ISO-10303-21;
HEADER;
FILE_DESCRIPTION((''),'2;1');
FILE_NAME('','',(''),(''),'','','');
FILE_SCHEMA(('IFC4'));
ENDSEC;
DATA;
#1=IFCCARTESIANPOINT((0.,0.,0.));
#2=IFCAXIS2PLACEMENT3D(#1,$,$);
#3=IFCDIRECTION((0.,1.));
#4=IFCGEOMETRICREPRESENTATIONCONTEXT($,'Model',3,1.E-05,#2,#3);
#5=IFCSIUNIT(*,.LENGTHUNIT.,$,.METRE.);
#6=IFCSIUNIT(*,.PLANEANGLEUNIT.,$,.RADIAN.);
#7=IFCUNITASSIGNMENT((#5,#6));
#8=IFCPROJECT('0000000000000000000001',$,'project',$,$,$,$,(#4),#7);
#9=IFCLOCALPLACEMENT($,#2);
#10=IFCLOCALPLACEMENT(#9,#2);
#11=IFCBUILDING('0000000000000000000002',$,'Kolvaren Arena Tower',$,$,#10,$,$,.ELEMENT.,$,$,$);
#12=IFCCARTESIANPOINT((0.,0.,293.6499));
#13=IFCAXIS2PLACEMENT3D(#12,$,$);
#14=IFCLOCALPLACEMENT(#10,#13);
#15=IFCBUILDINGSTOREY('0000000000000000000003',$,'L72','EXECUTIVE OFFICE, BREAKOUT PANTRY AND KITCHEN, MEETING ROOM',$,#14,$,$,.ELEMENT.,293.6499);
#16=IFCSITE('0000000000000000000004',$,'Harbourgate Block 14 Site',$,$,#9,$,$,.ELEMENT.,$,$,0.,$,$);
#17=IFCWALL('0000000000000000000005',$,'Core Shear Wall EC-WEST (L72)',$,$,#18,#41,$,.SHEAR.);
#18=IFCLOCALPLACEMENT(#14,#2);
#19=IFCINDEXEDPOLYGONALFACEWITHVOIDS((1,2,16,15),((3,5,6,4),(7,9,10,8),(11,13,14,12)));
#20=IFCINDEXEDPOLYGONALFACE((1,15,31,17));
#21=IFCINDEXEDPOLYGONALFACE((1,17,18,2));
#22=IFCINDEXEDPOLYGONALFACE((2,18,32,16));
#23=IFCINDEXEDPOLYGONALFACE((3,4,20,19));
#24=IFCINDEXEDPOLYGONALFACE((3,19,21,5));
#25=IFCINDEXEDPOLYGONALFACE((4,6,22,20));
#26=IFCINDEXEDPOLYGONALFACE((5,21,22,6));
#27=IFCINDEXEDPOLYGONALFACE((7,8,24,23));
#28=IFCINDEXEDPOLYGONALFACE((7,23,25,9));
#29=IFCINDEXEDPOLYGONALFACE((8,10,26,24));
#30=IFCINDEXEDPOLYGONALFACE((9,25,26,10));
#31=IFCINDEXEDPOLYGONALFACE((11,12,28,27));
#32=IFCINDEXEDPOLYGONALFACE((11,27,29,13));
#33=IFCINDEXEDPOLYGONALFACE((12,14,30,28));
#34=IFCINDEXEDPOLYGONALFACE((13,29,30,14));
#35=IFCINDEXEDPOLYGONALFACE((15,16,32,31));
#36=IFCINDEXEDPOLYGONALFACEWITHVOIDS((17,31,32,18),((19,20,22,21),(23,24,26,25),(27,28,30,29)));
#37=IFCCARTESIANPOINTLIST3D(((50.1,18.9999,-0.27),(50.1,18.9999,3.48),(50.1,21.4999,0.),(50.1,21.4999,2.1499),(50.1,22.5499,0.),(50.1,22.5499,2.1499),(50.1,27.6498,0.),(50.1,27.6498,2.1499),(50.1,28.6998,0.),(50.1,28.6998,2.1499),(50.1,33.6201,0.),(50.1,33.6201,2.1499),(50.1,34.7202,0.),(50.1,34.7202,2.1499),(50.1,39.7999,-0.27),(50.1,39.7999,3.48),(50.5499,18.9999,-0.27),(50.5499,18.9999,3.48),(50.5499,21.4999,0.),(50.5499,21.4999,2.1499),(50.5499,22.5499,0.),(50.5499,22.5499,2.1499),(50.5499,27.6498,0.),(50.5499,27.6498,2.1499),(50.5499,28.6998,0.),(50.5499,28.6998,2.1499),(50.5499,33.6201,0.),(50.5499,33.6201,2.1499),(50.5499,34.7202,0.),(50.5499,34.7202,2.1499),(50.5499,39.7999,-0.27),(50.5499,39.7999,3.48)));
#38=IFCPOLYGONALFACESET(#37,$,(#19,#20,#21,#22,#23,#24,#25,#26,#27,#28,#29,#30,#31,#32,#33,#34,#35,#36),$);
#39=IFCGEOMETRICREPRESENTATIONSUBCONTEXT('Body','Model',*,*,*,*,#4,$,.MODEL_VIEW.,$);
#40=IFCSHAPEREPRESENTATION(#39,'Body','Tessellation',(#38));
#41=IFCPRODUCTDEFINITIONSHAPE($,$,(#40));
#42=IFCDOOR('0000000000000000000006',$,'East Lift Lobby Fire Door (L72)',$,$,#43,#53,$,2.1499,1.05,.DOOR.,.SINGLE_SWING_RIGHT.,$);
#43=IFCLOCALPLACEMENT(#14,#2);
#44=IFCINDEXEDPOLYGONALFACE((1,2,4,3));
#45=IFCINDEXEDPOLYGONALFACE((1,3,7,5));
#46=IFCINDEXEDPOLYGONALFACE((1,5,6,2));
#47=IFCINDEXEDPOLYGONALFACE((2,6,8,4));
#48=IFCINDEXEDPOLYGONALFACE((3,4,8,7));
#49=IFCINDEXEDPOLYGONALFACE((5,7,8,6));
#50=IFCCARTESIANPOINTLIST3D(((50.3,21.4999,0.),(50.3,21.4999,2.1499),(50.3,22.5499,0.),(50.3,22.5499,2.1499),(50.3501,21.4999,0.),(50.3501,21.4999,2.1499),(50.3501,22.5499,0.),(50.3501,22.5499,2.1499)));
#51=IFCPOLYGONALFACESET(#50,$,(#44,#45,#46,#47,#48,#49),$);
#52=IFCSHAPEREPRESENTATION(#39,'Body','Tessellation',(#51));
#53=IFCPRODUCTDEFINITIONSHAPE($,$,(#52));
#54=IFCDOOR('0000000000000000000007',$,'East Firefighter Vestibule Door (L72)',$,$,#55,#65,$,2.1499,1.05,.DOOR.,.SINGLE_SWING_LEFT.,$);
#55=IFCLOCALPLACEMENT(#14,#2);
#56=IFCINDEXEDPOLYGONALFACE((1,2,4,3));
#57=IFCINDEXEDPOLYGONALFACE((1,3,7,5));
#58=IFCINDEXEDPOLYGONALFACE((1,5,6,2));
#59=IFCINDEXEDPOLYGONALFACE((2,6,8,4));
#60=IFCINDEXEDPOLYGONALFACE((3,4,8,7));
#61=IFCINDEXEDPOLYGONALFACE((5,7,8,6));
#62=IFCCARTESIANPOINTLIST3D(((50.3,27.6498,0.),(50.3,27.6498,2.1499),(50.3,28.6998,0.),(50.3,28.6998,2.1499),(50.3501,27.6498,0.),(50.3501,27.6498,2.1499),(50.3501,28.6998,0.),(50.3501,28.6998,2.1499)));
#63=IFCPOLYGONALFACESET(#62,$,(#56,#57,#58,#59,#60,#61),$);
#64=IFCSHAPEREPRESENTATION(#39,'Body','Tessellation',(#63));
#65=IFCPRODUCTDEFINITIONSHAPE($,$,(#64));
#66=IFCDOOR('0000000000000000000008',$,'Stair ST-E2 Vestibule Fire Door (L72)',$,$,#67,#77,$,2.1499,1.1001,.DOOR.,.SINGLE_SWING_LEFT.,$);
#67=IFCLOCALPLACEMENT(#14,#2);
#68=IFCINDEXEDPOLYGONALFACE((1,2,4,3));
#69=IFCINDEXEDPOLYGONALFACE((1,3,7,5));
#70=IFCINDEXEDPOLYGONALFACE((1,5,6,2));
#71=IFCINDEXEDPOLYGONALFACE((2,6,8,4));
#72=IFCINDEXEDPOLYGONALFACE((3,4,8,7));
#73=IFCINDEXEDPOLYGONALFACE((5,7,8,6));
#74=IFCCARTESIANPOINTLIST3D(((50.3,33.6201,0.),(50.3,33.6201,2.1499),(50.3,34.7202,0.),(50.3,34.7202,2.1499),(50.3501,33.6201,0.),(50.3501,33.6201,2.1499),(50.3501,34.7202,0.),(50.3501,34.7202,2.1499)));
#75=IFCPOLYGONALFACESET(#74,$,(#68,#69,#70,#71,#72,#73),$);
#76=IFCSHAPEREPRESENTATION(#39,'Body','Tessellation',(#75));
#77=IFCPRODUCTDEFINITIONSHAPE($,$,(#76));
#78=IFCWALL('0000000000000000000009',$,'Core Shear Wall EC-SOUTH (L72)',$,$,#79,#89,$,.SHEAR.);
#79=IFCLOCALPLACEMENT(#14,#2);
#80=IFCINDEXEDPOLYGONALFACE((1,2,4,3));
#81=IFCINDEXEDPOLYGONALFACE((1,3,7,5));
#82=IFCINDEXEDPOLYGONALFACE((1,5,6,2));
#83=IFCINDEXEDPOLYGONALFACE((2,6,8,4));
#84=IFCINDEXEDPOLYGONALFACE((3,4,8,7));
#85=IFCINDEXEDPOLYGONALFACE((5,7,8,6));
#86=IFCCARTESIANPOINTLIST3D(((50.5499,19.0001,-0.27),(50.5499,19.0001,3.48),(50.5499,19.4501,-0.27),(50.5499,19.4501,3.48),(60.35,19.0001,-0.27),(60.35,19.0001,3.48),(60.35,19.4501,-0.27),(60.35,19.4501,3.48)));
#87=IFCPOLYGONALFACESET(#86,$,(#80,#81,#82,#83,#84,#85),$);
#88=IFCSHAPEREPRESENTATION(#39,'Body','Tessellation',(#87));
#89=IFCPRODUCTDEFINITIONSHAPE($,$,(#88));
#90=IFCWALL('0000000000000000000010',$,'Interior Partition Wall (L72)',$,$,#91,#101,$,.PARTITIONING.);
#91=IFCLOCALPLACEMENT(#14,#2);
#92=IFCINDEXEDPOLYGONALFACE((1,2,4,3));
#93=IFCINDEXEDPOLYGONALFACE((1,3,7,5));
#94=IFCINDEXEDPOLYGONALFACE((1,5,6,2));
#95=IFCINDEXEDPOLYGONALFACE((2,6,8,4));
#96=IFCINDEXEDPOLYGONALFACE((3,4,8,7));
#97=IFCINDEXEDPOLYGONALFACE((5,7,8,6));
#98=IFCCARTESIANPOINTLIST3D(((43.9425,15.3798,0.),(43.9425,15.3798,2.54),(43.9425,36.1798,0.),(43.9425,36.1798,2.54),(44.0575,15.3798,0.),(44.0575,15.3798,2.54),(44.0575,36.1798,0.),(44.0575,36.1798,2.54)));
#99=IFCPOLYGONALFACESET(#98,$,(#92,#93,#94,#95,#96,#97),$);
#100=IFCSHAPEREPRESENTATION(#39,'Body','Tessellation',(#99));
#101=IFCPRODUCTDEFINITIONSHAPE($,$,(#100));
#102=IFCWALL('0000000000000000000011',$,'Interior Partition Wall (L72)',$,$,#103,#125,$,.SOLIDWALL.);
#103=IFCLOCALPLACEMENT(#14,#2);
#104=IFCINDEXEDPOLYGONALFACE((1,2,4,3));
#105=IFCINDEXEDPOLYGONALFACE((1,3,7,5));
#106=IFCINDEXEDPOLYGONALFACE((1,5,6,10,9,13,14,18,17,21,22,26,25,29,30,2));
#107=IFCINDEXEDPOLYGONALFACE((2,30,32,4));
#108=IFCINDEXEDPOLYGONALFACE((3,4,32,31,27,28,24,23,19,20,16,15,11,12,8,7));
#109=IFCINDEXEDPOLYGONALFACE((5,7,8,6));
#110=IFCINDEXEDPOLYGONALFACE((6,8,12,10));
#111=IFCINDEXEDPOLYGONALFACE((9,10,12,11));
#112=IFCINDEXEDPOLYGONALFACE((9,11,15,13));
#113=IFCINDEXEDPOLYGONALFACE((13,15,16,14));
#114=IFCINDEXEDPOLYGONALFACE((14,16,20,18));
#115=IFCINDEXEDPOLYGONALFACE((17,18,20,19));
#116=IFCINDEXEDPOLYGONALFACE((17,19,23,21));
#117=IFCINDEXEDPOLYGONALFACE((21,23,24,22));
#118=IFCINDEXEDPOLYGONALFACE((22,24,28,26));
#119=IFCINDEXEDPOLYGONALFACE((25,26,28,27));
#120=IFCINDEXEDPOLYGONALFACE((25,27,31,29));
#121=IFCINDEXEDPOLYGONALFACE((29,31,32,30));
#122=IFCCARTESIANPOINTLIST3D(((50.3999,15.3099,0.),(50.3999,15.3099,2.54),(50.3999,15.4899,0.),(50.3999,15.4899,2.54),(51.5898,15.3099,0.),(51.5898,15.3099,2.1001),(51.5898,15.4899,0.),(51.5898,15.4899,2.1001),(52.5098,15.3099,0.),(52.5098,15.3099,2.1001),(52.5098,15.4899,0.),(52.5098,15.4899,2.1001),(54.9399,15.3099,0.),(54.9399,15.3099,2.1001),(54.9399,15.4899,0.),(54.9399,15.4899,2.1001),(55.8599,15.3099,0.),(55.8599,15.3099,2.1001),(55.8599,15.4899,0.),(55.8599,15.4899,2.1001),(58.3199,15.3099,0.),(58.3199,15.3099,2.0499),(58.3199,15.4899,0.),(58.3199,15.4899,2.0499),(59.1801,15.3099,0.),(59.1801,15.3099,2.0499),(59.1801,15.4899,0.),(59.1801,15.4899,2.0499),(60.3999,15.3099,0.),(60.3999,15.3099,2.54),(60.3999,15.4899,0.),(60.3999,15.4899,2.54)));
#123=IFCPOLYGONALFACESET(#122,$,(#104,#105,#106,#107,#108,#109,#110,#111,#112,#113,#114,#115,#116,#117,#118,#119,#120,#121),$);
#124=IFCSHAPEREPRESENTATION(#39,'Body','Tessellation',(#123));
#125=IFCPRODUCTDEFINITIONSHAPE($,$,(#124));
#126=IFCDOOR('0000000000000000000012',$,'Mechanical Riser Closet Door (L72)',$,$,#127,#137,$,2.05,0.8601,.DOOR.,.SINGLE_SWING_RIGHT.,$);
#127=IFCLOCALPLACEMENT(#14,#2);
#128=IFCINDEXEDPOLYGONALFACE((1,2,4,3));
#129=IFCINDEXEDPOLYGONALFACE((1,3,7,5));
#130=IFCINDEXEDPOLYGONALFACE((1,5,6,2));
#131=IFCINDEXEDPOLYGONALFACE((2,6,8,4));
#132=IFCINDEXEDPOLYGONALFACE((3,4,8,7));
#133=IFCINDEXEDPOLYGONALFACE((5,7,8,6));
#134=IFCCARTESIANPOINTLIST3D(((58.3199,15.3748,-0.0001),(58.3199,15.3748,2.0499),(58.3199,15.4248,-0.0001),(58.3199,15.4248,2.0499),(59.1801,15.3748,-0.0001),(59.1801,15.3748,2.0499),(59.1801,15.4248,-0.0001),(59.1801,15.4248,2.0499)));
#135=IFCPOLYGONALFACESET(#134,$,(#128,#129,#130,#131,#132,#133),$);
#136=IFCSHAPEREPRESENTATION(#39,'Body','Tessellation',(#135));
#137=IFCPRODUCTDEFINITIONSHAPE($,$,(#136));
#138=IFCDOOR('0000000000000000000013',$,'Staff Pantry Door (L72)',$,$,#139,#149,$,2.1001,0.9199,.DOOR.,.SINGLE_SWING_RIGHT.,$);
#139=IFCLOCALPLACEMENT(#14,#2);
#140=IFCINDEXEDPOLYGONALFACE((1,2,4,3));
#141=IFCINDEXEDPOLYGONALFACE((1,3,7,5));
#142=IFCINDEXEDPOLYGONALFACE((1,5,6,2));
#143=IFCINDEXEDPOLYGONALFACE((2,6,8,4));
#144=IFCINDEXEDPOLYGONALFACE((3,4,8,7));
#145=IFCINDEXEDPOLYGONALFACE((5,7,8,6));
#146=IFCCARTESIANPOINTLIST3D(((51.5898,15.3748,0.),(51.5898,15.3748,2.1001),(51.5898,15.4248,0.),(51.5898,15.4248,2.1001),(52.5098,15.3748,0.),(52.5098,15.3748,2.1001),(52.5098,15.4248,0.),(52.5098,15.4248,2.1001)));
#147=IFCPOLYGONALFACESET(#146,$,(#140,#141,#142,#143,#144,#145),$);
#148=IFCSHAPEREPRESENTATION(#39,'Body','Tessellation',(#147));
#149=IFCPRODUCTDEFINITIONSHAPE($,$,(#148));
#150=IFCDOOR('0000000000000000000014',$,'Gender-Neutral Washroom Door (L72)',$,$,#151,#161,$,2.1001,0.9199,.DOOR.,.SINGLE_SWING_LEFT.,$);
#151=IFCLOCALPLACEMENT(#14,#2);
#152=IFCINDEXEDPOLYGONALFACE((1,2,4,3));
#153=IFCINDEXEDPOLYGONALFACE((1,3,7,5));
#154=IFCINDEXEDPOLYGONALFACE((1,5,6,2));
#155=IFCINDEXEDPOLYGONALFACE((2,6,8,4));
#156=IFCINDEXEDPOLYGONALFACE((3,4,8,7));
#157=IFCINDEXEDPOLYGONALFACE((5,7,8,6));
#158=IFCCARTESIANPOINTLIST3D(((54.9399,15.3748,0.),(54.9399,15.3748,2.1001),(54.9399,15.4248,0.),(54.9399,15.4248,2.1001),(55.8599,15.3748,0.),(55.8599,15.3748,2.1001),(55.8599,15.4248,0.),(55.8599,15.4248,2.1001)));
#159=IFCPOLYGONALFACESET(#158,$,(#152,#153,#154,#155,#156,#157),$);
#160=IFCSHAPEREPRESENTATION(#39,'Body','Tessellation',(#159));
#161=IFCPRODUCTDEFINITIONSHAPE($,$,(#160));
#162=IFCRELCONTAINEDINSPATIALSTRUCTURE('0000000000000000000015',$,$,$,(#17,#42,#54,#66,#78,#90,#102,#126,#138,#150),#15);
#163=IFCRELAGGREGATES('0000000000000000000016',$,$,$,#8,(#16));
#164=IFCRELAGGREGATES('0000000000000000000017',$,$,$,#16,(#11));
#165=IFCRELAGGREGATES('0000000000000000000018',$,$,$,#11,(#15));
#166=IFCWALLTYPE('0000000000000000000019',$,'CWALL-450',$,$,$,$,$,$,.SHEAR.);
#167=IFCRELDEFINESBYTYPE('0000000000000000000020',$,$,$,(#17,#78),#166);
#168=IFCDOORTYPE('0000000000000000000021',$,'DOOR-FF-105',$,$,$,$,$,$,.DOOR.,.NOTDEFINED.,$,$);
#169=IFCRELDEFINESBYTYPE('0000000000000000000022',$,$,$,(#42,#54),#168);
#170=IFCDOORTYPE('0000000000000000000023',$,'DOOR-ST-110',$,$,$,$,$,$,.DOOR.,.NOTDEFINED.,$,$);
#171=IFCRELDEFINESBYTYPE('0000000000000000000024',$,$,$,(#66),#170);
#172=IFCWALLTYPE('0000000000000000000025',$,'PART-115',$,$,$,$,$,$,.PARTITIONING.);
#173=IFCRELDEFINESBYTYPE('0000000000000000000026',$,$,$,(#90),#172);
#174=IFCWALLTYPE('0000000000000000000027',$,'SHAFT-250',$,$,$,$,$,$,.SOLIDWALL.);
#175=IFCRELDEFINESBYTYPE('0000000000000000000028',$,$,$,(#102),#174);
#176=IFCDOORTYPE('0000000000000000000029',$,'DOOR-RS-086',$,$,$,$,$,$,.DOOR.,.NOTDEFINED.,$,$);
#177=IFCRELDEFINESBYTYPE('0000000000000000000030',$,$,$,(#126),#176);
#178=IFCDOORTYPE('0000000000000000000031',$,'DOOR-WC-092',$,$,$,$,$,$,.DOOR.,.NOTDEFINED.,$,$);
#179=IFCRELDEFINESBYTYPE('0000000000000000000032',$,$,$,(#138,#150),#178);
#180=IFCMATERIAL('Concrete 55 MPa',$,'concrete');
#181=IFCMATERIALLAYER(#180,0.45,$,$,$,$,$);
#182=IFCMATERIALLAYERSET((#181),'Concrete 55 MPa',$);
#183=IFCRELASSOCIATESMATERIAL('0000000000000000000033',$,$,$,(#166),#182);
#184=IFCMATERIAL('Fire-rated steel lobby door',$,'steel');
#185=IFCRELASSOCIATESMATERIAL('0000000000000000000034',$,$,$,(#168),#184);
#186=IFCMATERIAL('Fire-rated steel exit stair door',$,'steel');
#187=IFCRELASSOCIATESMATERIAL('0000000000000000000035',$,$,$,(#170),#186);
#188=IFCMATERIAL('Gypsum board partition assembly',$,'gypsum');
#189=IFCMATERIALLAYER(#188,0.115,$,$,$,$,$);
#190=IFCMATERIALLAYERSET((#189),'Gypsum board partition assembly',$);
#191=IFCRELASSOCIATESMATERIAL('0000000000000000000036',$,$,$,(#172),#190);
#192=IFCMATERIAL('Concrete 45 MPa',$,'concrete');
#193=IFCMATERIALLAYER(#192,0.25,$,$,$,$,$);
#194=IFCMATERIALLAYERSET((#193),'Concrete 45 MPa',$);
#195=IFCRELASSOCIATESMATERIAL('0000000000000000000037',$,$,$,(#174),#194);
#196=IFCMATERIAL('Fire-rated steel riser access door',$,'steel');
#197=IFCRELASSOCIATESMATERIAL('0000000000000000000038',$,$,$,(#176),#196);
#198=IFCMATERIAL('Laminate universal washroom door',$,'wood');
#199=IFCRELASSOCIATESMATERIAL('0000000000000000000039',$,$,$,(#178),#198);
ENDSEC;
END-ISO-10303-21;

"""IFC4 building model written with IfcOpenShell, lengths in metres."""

from ifc_helpers import new_model, si_unit, direction, frame, frame_2d, origin, place, context, subcontext, project, spatial, rectangle, extrude, material, layer, layer_set, type_object, element, fill, save


model = new_model("IFC4")

# Units and contexts
model_context = context("Model", 3, precision=1e-05, world=origin(), true_north=direction((0.0, 1.0)))
body_context = subcontext(model_context, "Body", "Model", "MODEL_VIEW")
ifc_project = project(units=[si_unit("LENGTHUNIT", "METRE"), si_unit("PLANEANGLEUNIT", "RADIAN")], contexts=[model_context])

# Site, building, storey
site_placement = place(None, origin())
site = spatial("IfcSite", under=ifc_project, at=site_placement, Name="Harbourgate Block 14 Site", CompositionType="ELEMENT", RefElevation=0.0)
building_placement = place(site_placement, origin())
building = spatial("IfcBuilding", under=site, at=building_placement, Name="Kolvaren Arena Tower", CompositionType="ELEMENT")
storey_placement = place(building_placement, frame((0.0, 0.0, 293.6499)))
storey = spatial("IfcBuildingStorey", under=building, at=storey_placement, Name="L72", Description="EXECUTIVE OFFICE, BREAKOUT PANTRY AND KITCHEN, MEETING ROOM", CompositionType="ELEMENT", Elevation=293.6499)

# Wall, openings, doors
ifc_material_1 = material(Name="Concrete 55 MPa", Category="concrete")
ifc_layer_1 = layer(ifc_material_1, 0.45)
ifc_layer_set_1 = layer_set([ifc_layer_1], Name="Concrete 55 MPa")
wall_type_1 = type_object("IfcWallType", Name="CWALL-450", PredefinedType="SHEAR", material=ifc_layer_set_1)
wall_1_placement = place(storey_placement, frame((50.325, 19.0, -0.27), z_axis=(0.0, 0.0, 1.0), x_axis=(0.0, 1.0, 0.0)))
wall_1 = element("IfcWall", 1, at=wall_1_placement, inside=storey, type_object=wall_type_1, Name="Core Shear Wall EC-WEST (L72)", PredefinedType="SHEAR", context=body_context, shape_type="SweptSolid", body=[
    extrude(rectangle(XDim=20.8, YDim=0.45, at=frame_2d((10.3999, 0.0))), origin(), (0.0, 0.0, 1.0), 3.75),
])
opening_1_placement = place(wall_1_placement, frame((2.5, 0.0, 0.27)))
opening_1 = element("IfcOpeningElement", 2, at=opening_1_placement, cuts=wall_1, PredefinedType="OPENING", context=body_context, shape_type="SweptSolid", body=[
    extrude(rectangle(XDim=1.05, YDim=2.1499, at=frame_2d((0.5249, 1.075))), frame((0.0, 0.2349, 0.0), z_axis=(0.0, -1.0, 0.0), x_axis=(1.0, 0.0, 0.0)), (0.0, 0.0, 1.0), 0.47),
])
opening_2_placement = place(wall_1_placement, frame((8.6499, 0.0, 0.27)))
opening_2 = element("IfcOpeningElement", 3, at=opening_2_placement, cuts=wall_1, PredefinedType="OPENING", context=body_context, shape_type="SweptSolid", body=[
    extrude(rectangle(XDim=1.05, YDim=2.1499, at=frame_2d((0.5249, 1.075))), frame((0.0, 0.2349, 0.0), z_axis=(0.0, -1.0, 0.0), x_axis=(1.0, 0.0, 0.0)), (0.0, 0.0, 1.0), 0.47),
])
opening_3_placement = place(wall_1_placement, frame((14.6201, 0.0, 0.27)))
opening_3 = element("IfcOpeningElement", 4, at=opening_3_placement, cuts=wall_1, PredefinedType="OPENING", context=body_context, shape_type="SweptSolid", body=[
    extrude(rectangle(XDim=1.1001, YDim=2.1499, at=frame_2d((0.55, 1.075))), frame((0.0, 0.2349, 0.0), z_axis=(0.0, -1.0, 0.0), x_axis=(1.0, 0.0, 0.0)), (0.0, 0.0, 1.0), 0.47),
])
ifc_material_2 = material(Name="Fire-rated steel lobby door", Category="steel")
door_type_1 = type_object("IfcDoorType", Name="DOOR-FF-105", OperationType="NOTDEFINED", PredefinedType="DOOR", material=ifc_material_2)
door_1_placement = place(opening_1_placement, origin())
door_1 = element("IfcDoor", 5, at=door_1_placement, inside=storey, type_object=door_type_1, Name="East Lift Lobby Fire Door (L72)", OperationType="SINGLE_SWING_RIGHT", OverallHeight=2.1499, OverallWidth=1.05, PredefinedType="DOOR", context=body_context, shape_type="SweptSolid", body=[
    extrude(rectangle(XDim=1.05, YDim=2.1499, at=frame_2d((0.5249, 1.075))), frame((0.0, 0.0249, 0.0), z_axis=(0.0, -1.0, 0.0), x_axis=(1.0, 0.0, 0.0)), (0.0, 0.0, 1.0), 0.05),
])
fill(opening_1, door_1)
door_2_placement = place(opening_2_placement, origin())
door_2 = element("IfcDoor", 6, at=door_2_placement, inside=storey, type_object=door_type_1, Name="East Firefighter Vestibule Door (L72)", OperationType="SINGLE_SWING_LEFT", OverallHeight=2.1499, OverallWidth=1.05, PredefinedType="DOOR", context=body_context, shape_type="SweptSolid", body=[
    extrude(rectangle(XDim=1.05, YDim=2.1499, at=frame_2d((0.5249, 1.075))), frame((0.0, 0.0249, 0.0), z_axis=(0.0, -1.0, 0.0), x_axis=(1.0, 0.0, 0.0)), (0.0, 0.0, 1.0), 0.05),
])
fill(opening_2, door_2)
ifc_material_3 = material(Name="Fire-rated steel exit stair door", Category="steel")
door_type_2 = type_object("IfcDoorType", Name="DOOR-ST-110", OperationType="NOTDEFINED", PredefinedType="DOOR", material=ifc_material_3)
door_3_placement = place(opening_3_placement, origin())
door_3 = element("IfcDoor", 7, at=door_3_placement, inside=storey, type_object=door_type_2, Name="Stair ST-E2 Vestibule Fire Door (L72)", OperationType="SINGLE_SWING_LEFT", OverallHeight=2.1499, OverallWidth=1.1001, PredefinedType="DOOR", context=body_context, shape_type="SweptSolid", body=[
    extrude(rectangle(XDim=1.1001, YDim=2.1499, at=frame_2d((0.55, 1.075))), frame((0.0, 0.0249, 0.0), z_axis=(0.0, -1.0, 0.0), x_axis=(1.0, 0.0, 0.0)), (0.0, 0.0, 1.0), 0.05),
])
fill(opening_3, door_3)

# Walls
wall_2_placement = place(storey_placement, frame((50.55, 19.2251, -0.27), z_axis=(0.0, 0.0, 1.0), x_axis=(1.0, 0.0, 0.0)))
element("IfcWall", 8, at=wall_2_placement, inside=storey, type_object=wall_type_1, Name="Core Shear Wall EC-SOUTH (L72)", PredefinedType="SHEAR", context=body_context, shape_type="SweptSolid", body=[
    extrude(rectangle(XDim=9.8, YDim=0.45, at=frame_2d((4.8999, 0.0))), origin(), (0.0, 0.0, 1.0), 3.75),
])
ifc_material_4 = material(Name="Gypsum board partition assembly", Category="gypsum")
ifc_layer_2 = layer(ifc_material_4, 0.115)
ifc_layer_set_2 = layer_set([ifc_layer_2], Name="Gypsum board partition assembly")
wall_type_2 = type_object("IfcWallType", Name="PART-115", PredefinedType="PARTITIONING", material=ifc_layer_set_2)
wall_3_placement = place(storey_placement, frame((44.0, 15.3799, 0.0), z_axis=(0.0, 0.0, 1.0), x_axis=(0.0, 1.0, 0.0)))
element("IfcWall", 9, at=wall_3_placement, inside=storey, type_object=wall_type_2, Name="Interior Partition Wall (L72)", PredefinedType="PARTITIONING", context=body_context, shape_type="SweptSolid", body=[
    extrude(rectangle(XDim=20.8, YDim=0.115, at=frame_2d((10.3999, 0.0))), origin(), (0.0, 0.0, 1.0), 2.54),
])

# Wall, openings, doors
ifc_material_5 = material(Name="Concrete 45 MPa", Category="concrete")
ifc_layer_3 = layer(ifc_material_5, 0.25)
ifc_layer_set_3 = layer_set([ifc_layer_3], Name="Concrete 45 MPa")
wall_type_3 = type_object("IfcWallType", Name="SHAFT-250", PredefinedType="SOLIDWALL", material=ifc_layer_set_3)
wall_4_placement = place(storey_placement, frame((50.3999, 15.3999, 0.0), z_axis=(0.0, 0.0, 1.0), x_axis=(1.0, 0.0, 0.0)))
wall_4 = element("IfcWall", 10, at=wall_4_placement, inside=storey, type_object=wall_type_3, Name="Interior Partition Wall (L72)", PredefinedType="SOLIDWALL", context=body_context, shape_type="SweptSolid", body=[
    extrude(rectangle(XDim=10.0, YDim=0.1799, at=frame_2d((5.0, 0.0))), origin(), (0.0, 0.0, 1.0), 2.54),
])
opening_4_placement = place(wall_4_placement, frame((1.1899, 0.0, 0.0)))
opening_4 = element("IfcOpeningElement", 11, at=opening_4_placement, cuts=wall_4, PredefinedType="OPENING", context=body_context, shape_type="SweptSolid", body=[
    extrude(rectangle(XDim=0.9199, YDim=2.1001, at=frame_2d((0.46, 1.05))), frame((0.0, 0.0999, 0.0), z_axis=(0.0, -1.0, 0.0), x_axis=(1.0, 0.0, 0.0)), (0.0, 0.0, 1.0), 0.2),
])
opening_5_placement = place(wall_4_placement, frame((4.54, 0.0, 0.0)))
opening_5 = element("IfcOpeningElement", 12, at=opening_5_placement, cuts=wall_4, PredefinedType="OPENING", context=body_context, shape_type="SweptSolid", body=[
    extrude(rectangle(XDim=0.9199, YDim=2.1001, at=frame_2d((0.46, 1.05))), frame((0.0, 0.0999, 0.0), z_axis=(0.0, -1.0, 0.0), x_axis=(1.0, 0.0, 0.0)), (0.0, 0.0, 1.0), 0.2),
])
opening_6_placement = place(wall_4_placement, frame((7.9199, 0.0, 0.0)))
opening_6 = element("IfcOpeningElement", 13, at=opening_6_placement, cuts=wall_4, PredefinedType="OPENING", context=body_context, shape_type="SweptSolid", body=[
    extrude(rectangle(XDim=0.8601, YDim=2.05, at=frame_2d((0.4302, 1.0249))), frame((0.0, 0.0999, 0.0), z_axis=(0.0, -1.0, 0.0), x_axis=(1.0, 0.0, 0.0)), (0.0, 0.0, 1.0), 0.2),
])
ifc_material_6 = material(Name="Fire-rated steel riser access door", Category="steel")
door_type_3 = type_object("IfcDoorType", Name="DOOR-RS-086", OperationType="NOTDEFINED", PredefinedType="DOOR", material=ifc_material_6)
door_4_placement = place(opening_6_placement, origin())
door_4 = element("IfcDoor", 14, at=door_4_placement, inside=storey, type_object=door_type_3, Name="Mechanical Riser Closet Door (L72)", OperationType="SINGLE_SWING_RIGHT", OverallHeight=2.05, OverallWidth=0.8601, PredefinedType="DOOR", context=body_context, shape_type="SweptSolid", body=[
    extrude(rectangle(XDim=0.8601, YDim=2.05, at=frame_2d((0.4302, 1.0249))), frame((0.0, 0.0249, 0.0), z_axis=(0.0, -1.0, 0.0), x_axis=(1.0, 0.0, 0.0)), (0.0, 0.0, 1.0), 0.05),
])
fill(opening_6, door_4)
ifc_material_7 = material(Name="Laminate universal washroom door", Category="wood")
door_type_4 = type_object("IfcDoorType", Name="DOOR-WC-092", OperationType="NOTDEFINED", PredefinedType="DOOR", material=ifc_material_7)
door_5_placement = place(opening_4_placement, origin())
door_5 = element("IfcDoor", 15, at=door_5_placement, inside=storey, type_object=door_type_4, Name="Staff Pantry Door (L72)", OperationType="SINGLE_SWING_RIGHT", OverallHeight=2.1001, OverallWidth=0.9199, PredefinedType="DOOR", context=body_context, shape_type="SweptSolid", body=[
    extrude(rectangle(XDim=0.9199, YDim=2.1001, at=frame_2d((0.46, 1.05))), frame((0.0, 0.0249, 0.0), z_axis=(0.0, -1.0, 0.0), x_axis=(1.0, 0.0, 0.0)), (0.0, 0.0, 1.0), 0.05),
])
fill(opening_4, door_5)
door_6_placement = place(opening_5_placement, origin())
door_6 = element("IfcDoor", 16, at=door_6_placement, inside=storey, type_object=door_type_4, Name="Gender-Neutral Washroom Door (L72)", OperationType="SINGLE_SWING_LEFT", OverallHeight=2.1001, OverallWidth=0.9199, PredefinedType="DOOR", context=body_context, shape_type="SweptSolid", body=[
    extrude(rectangle(XDim=0.9199, YDim=2.1001, at=frame_2d((0.46, 1.05))), frame((0.0, 0.0249, 0.0), z_axis=(0.0, -1.0, 0.0), x_axis=(1.0, 0.0, 0.0)), (0.0, 0.0, 1.0), 0.05),
])
fill(opening_5, door_6)

save(model, "model.ifc")
